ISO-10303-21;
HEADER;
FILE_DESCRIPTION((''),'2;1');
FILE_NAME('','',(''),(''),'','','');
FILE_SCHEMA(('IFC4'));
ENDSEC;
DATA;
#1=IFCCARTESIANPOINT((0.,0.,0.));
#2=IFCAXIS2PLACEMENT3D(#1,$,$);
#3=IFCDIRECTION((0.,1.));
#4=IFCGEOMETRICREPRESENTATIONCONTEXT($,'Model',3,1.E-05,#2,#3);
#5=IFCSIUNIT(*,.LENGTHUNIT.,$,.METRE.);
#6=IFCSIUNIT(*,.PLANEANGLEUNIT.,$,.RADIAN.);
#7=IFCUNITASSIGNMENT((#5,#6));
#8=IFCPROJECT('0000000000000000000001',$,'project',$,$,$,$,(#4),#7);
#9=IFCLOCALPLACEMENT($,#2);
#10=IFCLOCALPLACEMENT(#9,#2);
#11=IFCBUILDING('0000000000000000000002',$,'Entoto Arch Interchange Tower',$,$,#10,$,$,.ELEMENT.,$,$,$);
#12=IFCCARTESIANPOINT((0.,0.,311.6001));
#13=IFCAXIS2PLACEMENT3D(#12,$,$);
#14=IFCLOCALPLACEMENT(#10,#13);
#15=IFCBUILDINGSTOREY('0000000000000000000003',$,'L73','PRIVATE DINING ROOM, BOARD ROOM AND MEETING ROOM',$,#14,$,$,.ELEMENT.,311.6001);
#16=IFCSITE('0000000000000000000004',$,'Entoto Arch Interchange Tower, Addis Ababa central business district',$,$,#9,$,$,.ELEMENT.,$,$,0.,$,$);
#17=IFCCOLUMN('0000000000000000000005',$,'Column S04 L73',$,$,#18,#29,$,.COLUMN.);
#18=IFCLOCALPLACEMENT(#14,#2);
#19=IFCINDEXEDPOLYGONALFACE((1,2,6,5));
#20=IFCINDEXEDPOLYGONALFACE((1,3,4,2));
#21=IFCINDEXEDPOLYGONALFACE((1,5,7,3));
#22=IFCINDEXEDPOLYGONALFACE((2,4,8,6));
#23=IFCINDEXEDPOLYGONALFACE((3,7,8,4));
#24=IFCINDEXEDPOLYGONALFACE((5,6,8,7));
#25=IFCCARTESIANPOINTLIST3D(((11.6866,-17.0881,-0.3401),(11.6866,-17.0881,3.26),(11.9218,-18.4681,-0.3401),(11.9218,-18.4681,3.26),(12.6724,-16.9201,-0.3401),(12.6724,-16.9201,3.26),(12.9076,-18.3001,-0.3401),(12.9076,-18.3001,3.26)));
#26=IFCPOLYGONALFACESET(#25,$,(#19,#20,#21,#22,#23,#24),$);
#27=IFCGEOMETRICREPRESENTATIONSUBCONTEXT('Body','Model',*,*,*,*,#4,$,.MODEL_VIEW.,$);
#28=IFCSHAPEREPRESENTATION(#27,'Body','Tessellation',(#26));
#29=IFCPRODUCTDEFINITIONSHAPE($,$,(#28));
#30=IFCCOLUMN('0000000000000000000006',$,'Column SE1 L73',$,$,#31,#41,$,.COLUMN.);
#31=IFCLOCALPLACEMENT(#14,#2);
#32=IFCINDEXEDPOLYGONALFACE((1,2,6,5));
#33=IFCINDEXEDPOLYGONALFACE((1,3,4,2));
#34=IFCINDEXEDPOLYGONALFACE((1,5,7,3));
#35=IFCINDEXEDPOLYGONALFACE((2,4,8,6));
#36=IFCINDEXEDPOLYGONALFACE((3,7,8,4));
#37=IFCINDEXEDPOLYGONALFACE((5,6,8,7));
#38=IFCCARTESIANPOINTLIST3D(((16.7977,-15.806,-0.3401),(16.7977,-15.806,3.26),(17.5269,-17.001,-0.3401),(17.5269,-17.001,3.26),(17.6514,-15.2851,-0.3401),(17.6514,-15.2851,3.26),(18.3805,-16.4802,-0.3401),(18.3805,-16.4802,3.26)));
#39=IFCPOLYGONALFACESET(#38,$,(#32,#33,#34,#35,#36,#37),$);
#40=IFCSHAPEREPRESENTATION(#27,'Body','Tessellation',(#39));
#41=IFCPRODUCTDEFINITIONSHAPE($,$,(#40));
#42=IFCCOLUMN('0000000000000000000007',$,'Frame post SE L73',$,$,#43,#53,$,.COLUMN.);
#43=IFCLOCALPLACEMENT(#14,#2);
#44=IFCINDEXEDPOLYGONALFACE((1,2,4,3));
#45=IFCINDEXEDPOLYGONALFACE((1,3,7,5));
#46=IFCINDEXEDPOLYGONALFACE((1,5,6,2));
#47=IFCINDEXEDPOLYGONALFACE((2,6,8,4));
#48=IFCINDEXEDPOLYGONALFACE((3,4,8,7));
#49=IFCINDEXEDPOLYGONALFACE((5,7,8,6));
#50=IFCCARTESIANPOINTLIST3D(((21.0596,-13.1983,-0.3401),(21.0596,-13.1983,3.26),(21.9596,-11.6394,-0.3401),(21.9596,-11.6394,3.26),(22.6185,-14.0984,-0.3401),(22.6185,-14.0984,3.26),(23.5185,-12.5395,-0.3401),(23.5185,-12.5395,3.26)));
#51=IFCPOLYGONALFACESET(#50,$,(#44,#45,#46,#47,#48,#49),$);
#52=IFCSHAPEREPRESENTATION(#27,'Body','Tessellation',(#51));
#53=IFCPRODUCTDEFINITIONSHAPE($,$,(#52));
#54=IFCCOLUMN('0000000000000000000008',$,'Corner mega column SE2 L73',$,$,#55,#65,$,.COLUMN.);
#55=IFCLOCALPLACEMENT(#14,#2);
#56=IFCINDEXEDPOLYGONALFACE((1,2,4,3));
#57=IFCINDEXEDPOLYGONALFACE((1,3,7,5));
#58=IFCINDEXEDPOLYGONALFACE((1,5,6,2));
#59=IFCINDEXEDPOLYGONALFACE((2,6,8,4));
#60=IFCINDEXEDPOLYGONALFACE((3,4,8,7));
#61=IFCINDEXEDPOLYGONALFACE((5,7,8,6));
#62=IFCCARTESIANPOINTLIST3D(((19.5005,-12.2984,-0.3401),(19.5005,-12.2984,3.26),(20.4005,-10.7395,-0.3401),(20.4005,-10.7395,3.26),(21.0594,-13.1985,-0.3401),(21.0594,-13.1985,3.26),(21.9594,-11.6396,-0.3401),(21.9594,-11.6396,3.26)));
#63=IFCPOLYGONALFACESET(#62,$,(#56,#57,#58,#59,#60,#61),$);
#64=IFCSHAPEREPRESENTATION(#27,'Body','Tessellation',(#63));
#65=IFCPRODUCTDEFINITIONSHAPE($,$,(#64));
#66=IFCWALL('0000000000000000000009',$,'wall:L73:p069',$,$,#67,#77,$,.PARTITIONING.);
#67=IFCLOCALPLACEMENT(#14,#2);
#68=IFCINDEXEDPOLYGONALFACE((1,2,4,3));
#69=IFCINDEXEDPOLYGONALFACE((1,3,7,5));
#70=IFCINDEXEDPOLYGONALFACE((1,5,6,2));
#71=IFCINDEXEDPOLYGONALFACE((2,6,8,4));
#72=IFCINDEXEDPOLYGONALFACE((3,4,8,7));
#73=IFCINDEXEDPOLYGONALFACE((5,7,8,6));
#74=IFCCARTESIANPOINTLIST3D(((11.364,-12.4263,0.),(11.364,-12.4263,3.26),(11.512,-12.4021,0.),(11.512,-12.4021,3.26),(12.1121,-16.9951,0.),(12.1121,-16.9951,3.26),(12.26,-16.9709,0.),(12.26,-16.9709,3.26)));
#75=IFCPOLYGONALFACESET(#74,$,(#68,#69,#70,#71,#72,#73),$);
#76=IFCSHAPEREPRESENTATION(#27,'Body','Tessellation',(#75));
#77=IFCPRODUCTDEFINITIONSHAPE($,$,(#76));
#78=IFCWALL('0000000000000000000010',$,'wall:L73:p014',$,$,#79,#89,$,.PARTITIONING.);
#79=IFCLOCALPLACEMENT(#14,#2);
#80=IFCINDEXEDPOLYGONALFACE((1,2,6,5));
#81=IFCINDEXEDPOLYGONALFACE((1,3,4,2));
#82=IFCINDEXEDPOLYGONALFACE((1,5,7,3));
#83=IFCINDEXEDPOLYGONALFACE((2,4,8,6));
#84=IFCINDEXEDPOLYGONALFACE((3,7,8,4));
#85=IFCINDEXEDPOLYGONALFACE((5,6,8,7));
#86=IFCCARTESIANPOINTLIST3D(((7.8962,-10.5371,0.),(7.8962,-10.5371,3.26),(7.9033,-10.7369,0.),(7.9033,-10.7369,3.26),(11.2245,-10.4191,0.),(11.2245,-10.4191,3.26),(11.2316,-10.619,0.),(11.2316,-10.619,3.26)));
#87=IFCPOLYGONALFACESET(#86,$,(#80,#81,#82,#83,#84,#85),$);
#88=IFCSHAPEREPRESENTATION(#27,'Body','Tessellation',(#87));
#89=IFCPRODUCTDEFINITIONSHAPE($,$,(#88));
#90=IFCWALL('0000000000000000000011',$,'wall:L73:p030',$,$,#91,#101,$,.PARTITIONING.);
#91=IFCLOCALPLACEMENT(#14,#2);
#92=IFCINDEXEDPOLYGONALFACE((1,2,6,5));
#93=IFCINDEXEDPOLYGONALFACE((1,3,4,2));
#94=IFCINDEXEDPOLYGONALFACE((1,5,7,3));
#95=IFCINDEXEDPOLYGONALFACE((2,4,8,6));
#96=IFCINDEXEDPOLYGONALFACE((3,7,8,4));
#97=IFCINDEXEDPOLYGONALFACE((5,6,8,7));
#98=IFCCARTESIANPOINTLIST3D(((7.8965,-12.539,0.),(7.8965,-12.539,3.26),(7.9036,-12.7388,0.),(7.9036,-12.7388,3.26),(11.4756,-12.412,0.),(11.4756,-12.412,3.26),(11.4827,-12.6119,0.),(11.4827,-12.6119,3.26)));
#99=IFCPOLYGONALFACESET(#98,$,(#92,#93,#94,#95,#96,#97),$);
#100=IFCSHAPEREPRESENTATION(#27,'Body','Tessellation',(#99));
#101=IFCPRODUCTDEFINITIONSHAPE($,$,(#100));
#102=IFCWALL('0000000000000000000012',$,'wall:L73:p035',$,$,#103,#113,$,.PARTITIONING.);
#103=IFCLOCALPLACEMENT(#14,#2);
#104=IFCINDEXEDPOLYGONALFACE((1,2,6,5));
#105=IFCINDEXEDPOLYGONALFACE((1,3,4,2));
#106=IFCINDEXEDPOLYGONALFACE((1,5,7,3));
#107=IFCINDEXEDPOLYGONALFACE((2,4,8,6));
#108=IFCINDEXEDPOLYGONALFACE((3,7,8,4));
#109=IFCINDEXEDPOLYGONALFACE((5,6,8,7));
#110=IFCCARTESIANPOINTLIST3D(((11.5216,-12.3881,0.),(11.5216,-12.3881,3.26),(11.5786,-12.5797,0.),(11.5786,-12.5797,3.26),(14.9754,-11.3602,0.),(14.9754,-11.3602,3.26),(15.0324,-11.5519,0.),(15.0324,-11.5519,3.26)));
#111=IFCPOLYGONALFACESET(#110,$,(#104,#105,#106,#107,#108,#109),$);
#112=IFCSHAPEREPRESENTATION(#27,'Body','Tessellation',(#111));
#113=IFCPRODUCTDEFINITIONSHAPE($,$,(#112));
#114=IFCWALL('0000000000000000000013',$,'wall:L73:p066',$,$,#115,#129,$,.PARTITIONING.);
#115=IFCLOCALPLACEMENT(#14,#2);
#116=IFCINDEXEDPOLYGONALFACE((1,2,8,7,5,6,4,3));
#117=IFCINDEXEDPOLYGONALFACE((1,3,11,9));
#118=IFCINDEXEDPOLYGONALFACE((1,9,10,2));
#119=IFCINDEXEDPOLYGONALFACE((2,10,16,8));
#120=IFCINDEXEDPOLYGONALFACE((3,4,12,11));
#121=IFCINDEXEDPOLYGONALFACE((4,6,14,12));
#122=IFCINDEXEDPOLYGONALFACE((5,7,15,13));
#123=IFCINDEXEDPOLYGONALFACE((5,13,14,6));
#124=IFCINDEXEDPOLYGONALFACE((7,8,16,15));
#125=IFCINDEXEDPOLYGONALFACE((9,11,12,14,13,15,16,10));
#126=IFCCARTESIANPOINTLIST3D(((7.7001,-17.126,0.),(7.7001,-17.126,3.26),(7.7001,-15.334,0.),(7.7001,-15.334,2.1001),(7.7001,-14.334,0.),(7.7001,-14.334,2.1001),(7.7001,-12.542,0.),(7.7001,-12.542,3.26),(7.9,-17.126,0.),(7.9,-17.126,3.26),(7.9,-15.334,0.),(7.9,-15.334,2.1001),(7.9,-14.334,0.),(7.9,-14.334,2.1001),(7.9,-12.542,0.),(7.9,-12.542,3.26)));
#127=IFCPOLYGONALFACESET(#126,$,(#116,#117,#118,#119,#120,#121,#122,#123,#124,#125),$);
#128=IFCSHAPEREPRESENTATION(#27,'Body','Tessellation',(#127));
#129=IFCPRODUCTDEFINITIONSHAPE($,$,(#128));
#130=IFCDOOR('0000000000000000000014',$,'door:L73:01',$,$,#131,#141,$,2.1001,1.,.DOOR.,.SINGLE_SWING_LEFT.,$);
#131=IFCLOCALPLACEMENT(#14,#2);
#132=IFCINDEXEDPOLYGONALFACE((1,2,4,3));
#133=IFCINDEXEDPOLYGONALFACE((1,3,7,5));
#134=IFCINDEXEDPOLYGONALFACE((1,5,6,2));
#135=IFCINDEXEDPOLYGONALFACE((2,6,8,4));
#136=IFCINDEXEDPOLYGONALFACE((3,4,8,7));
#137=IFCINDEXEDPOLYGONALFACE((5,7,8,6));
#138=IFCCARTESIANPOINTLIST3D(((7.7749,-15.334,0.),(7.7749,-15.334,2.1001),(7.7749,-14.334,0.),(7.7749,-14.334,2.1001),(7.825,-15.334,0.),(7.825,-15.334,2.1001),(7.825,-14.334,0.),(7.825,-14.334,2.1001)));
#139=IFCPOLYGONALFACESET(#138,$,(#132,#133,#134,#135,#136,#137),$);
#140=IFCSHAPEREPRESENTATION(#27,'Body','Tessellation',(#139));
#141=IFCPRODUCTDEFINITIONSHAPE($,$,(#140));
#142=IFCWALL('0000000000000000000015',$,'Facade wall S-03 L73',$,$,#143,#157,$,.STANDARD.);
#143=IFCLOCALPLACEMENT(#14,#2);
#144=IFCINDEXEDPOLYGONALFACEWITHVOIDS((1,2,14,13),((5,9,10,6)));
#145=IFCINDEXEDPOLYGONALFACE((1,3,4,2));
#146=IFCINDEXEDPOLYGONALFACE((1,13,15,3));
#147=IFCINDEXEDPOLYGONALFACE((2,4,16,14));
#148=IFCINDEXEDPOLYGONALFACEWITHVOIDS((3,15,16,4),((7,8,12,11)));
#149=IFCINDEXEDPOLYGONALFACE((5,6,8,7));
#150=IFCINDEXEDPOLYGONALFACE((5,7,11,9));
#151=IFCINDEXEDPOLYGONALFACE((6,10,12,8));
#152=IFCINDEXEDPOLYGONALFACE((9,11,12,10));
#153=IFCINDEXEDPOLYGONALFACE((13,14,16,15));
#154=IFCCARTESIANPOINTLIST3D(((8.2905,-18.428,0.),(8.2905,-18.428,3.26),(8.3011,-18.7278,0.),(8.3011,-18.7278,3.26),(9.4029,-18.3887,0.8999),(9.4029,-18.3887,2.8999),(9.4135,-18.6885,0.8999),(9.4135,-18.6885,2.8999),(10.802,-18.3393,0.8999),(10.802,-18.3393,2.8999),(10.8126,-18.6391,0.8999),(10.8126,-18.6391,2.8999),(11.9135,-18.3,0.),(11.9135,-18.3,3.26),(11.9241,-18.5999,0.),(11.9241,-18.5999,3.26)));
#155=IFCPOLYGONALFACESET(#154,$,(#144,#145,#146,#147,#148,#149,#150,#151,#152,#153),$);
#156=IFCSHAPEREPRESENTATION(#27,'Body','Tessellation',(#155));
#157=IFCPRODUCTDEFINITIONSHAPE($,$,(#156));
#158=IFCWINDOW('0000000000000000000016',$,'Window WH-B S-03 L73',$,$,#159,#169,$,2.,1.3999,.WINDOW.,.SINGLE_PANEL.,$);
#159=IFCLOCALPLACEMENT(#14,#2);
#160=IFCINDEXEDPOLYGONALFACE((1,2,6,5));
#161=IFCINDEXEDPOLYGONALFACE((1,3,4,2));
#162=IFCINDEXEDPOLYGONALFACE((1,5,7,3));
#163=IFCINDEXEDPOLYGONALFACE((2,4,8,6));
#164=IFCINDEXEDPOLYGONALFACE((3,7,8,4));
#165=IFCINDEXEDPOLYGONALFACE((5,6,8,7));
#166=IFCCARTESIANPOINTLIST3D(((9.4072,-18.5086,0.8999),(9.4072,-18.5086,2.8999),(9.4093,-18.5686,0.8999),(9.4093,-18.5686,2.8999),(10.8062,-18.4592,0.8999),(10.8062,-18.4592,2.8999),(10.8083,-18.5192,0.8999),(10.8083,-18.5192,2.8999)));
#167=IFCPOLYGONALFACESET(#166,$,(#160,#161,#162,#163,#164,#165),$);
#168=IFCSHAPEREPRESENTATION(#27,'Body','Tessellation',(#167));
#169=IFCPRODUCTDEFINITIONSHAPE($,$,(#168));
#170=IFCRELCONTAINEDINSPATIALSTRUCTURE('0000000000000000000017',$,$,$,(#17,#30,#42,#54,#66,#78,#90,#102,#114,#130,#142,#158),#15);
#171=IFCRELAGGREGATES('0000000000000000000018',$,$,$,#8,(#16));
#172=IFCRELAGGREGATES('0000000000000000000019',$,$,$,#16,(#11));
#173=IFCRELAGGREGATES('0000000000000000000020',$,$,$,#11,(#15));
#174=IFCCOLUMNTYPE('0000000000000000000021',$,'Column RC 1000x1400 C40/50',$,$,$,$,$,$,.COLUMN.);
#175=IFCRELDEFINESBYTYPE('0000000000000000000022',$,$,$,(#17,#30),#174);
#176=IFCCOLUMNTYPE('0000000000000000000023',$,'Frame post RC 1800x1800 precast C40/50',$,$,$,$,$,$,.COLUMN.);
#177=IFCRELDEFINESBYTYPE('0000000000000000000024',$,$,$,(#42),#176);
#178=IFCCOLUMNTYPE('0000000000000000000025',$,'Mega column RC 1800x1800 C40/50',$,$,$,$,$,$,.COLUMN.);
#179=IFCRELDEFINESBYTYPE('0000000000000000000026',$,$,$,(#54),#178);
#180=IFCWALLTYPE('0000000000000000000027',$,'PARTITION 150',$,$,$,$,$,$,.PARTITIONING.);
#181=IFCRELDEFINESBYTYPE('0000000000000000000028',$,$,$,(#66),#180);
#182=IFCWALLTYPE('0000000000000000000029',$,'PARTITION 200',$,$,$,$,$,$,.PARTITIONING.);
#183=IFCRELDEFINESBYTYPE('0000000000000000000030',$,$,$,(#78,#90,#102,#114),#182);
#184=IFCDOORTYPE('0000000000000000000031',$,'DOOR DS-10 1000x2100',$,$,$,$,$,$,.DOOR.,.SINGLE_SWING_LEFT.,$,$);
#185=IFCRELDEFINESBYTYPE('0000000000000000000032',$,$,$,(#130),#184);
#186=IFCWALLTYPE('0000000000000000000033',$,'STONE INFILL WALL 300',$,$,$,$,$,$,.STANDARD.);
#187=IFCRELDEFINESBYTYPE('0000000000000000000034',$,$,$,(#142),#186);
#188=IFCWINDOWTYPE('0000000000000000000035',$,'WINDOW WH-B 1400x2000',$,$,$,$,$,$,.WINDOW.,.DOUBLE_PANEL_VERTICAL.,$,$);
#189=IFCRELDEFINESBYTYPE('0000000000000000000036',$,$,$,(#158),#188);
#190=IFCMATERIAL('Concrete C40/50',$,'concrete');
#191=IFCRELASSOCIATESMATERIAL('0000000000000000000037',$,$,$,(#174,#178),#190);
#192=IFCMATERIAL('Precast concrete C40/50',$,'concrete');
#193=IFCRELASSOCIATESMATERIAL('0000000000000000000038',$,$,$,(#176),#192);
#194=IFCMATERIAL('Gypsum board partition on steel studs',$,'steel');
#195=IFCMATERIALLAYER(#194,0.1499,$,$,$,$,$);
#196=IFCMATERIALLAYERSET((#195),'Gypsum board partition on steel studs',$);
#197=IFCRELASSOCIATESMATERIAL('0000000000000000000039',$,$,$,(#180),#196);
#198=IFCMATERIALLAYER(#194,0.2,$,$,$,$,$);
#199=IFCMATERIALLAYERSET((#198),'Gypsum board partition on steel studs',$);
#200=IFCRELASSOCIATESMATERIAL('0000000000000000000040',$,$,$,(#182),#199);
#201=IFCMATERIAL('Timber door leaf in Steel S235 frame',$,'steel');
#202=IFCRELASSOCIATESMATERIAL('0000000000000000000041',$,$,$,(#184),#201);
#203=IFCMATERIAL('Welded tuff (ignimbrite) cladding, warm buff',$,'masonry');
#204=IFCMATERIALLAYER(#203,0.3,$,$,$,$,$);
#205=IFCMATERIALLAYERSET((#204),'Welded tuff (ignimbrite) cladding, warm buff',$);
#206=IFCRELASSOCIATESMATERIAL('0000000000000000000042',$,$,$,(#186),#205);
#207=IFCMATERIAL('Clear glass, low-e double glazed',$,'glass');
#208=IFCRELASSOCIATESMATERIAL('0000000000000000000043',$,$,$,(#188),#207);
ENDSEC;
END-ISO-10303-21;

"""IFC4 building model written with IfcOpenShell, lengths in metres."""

from ifc_helpers import new_model, si_unit, direction, frame, frame_2d, origin, origin_2d, place, context, subcontext, project, spatial, rectangle, extrude, material, layer, layer_set, material_profile, profile_set, type_object, element, fill, save


model = new_model("IFC4")

# Units and contexts
model_context = context("Model", 3, precision=1e-05, world=origin(), true_north=direction((0.0, 1.0)))
body_context = subcontext(model_context, "Body", "Model", "MODEL_VIEW")
ifc_project = project(units=[si_unit("LENGTHUNIT", "METRE"), si_unit("PLANEANGLEUNIT", "RADIAN")], contexts=[model_context])

# Site, building, storey
site_placement = place(None, origin())
site = spatial("IfcSite", under=ifc_project, at=site_placement, Name="Entoto Arch Interchange Tower, Addis Ababa central business district", CompositionType="ELEMENT", RefElevation=0.0)
building_placement = place(site_placement, origin())
building = spatial("IfcBuilding", under=site, at=building_placement, Name="Entoto Arch Interchange Tower", CompositionType="ELEMENT")
storey_placement = place(building_placement, frame((0.0, 0.0, 311.6001)))
storey = spatial("IfcBuildingStorey", under=building, at=storey_placement, Name="L73", Description="PRIVATE DINING ROOM, BOARD ROOM AND MEETING ROOM", CompositionType="ELEMENT", Elevation=311.6001)

# Columns
ifc_material_1 = material(Name="Concrete C40/50", Category="concrete")
ifc_material_profile_1 = material_profile(ifc_material_1, rectangle(XDim=1.0, YDim=1.3999, at=origin_2d()))
ifc_profile_set_1 = profile_set([ifc_material_profile_1], Name="Concrete C40/50")
column_type_1 = type_object("IfcColumnType", Name="Column RC 1000x1400 C40/50", PredefinedType="COLUMN", material=ifc_profile_set_1)
for number, where, z_axis, x_axis, name in (
    (1, (12.2971, -17.6941, -0.3401), (0.0, 0.0, 1.0), (0.985786, 0.168008, 0.0), "Column S04 L73"),
    (2, (17.5891, -16.1431, -0.3401), (0.0, 0.0, 1.0), (0.853651, 0.520846, 0.0), "Column SE1 L73"),
):
    element("IfcColumn", number, at=place(storey_placement, frame(where, z_axis=z_axis, x_axis=x_axis)), inside=storey, type_object=column_type_1, Name=name, PredefinedType="COLUMN", context=body_context, shape_type="SweptSolid", body=[
        extrude(rectangle(XDim=1.0, YDim=1.3999, at=origin_2d()), origin(), (0.0, 0.0, 1.0), 3.6001),
    ])
ifc_material_2 = material(Name="Precast concrete C40/50", Category="concrete")
ifc_material_profile_2 = material_profile(ifc_material_2, rectangle(XDim=1.8, YDim=1.8, at=origin_2d()))
ifc_profile_set_2 = profile_set([ifc_material_profile_2], Name="Precast concrete C40/50")
column_type_2 = type_object("IfcColumnType", Name="Frame post RC 1800x1800 precast C40/50", PredefinedType="COLUMN", material=ifc_profile_set_2)
column_1_placement = place(storey_placement, frame((22.2891, -12.8689, -0.3401), z_axis=(0.0, 0.0, 1.0), x_axis=(-0.866025, 0.5, 0.0)))
element("IfcColumn", 3, at=column_1_placement, inside=storey, type_object=column_type_2, Name="Frame post SE L73", PredefinedType="COLUMN", context=body_context, shape_type="SweptSolid", body=[
    extrude(rectangle(XDim=1.8, YDim=1.8, at=origin_2d()), origin(), (0.0, 0.0, 1.0), 3.6001),
])
ifc_material_profile_3 = material_profile(ifc_material_1, rectangle(XDim=1.8, YDim=1.8, at=origin_2d()))
ifc_profile_set_3 = profile_set([ifc_material_profile_3], Name="Concrete C40/50")
column_type_3 = type_object("IfcColumnType", Name="Mega column RC 1800x1800 C40/50", PredefinedType="COLUMN", material=ifc_profile_set_3)
column_2_placement = place(storey_placement, frame((20.73, -11.969, -0.3401), z_axis=(0.0, 0.0, 1.0), x_axis=(-0.866025, 0.5, 0.0)))
element("IfcColumn", 4, at=column_2_placement, inside=storey, type_object=column_type_3, Name="Corner mega column SE2 L73", PredefinedType="COLUMN", context=body_context, shape_type="SweptSolid", body=[
    extrude(rectangle(XDim=1.8, YDim=1.8, at=origin_2d()), origin(), (0.0, 0.0, 1.0), 3.6001),
])

# Walls
ifc_material_3 = material(Name="Gypsum board partition on steel studs", Category="steel")
ifc_layer_1 = layer(ifc_material_3, 0.1499)
ifc_layer_set_1 = layer_set([ifc_layer_1], Name="Gypsum board partition on steel studs")
wall_type_1 = type_object("IfcWallType", Name="PARTITION 150", PredefinedType="PARTITIONING", material=ifc_layer_set_1)
wall_1_placement = place(storey_placement, frame((11.438, -12.4141, 0.0), z_axis=(0.0, 0.0, 1.0), x_axis=(0.161576, -0.98686, 0.0)))
element("IfcWall", 5, at=wall_1_placement, inside=storey, type_object=wall_type_1, Name="wall:L73:p069", PredefinedType="PARTITIONING", context=body_context, shape_type="SweptSolid", body=[
    extrude(rectangle(XDim=4.6296, YDim=0.1499, at=frame_2d((2.3149, 0.0))), origin(), (0.0, 0.0, 1.0), 3.26),
])
ifc_layer_2 = layer(ifc_material_3, 0.2)
ifc_layer_set_2 = layer_set([ifc_layer_2], Name="Gypsum board partition on steel studs")
wall_type_2 = type_object("IfcWallType", Name="PARTITION 200", PredefinedType="PARTITIONING", material=ifc_layer_set_2)
wall_2_placement = place(storey_placement, frame((7.8999, -10.637, 0.0), z_axis=(0.0, 0.0, 1.0), x_axis=(0.999373, 0.035409, 0.0)))
element("IfcWall", 6, at=wall_2_placement, inside=storey, type_object=wall_type_2, Name="wall:L73:p014", PredefinedType="PARTITIONING", context=body_context, shape_type="SweptSolid", body=[
    extrude(rectangle(XDim=3.3303, YDim=0.2, at=frame_2d((1.665, 0.0))), origin(), (0.0, 0.0, 1.0), 3.26),
])
wall_3_placement = place(storey_placement, frame((11.479, -12.512, 0.0), z_axis=(0.0, 0.0, 1.0), x_axis=(-0.999372, -0.035448, 0.0)))
element("IfcWall", 7, at=wall_3_placement, inside=storey, type_object=wall_type_2, Name="wall:L73:p030", PredefinedType="PARTITIONING", context=body_context, shape_type="SweptSolid", body=[
    extrude(rectangle(XDim=3.5813, YDim=0.2, at=frame_2d((1.7905, 0.0))), origin(), (0.0, 0.0, 1.0), 3.26),
])
wall_4_placement = place(storey_placement, frame((15.0039, -11.4561, 0.0), z_axis=(0.0, 0.0, 1.0), x_axis=(-0.95846, -0.285228, 0.0)))
element("IfcWall", 8, at=wall_4_placement, inside=storey, type_object=wall_type_2, Name="wall:L73:p035", PredefinedType="PARTITIONING", context=body_context, shape_type="SweptSolid", body=[
    extrude(rectangle(XDim=3.6035, YDim=0.2, at=frame_2d((1.8018, 0.0))), origin(), (0.0, 0.0, 1.0), 3.26),
])

# Wall, opening, door
wall_5_placement = place(storey_placement, frame((7.8, -12.542, 0.0), z_axis=(0.0, 0.0, 1.0), x_axis=(0.0, -1.0, 0.0)))
wall_5 = element("IfcWall", 9, at=wall_5_placement, inside=storey, type_object=wall_type_2, Name="wall:L73:p066", PredefinedType="PARTITIONING", context=body_context, shape_type="SweptSolid", body=[
    extrude(rectangle(XDim=4.584, YDim=0.2, at=frame_2d((2.292, 0.0))), origin(), (0.0, 0.0, 1.0), 3.26),
])
opening_1_placement = place(wall_5_placement, frame((1.792, 0.0, 0.0)))
opening_1 = element("IfcOpeningElement", 10, at=opening_1_placement, cuts=wall_5, PredefinedType="OPENING", context=body_context, shape_type="SweptSolid", body=[
    extrude(rectangle(XDim=1.0, YDim=2.1001, at=frame_2d((0.5, 1.05))), frame((0.0, 0.1099, 0.0), z_axis=(0.0, -1.0, 0.0), x_axis=(1.0, 0.0, 0.0)), (0.0, 0.0, 1.0), 0.22),
])
ifc_material_4 = material(Name="Timber door leaf in Steel S235 frame", Category="steel")
door_type = type_object("IfcDoorType", Name="DOOR DS-10 1000x2100", OperationType="SINGLE_SWING_LEFT", PredefinedType="DOOR", material=ifc_material_4)
door_placement = place(opening_1_placement, origin())
door = element("IfcDoor", 11, at=door_placement, inside=storey, type_object=door_type, Name="door:L73:01", OperationType="SINGLE_SWING_LEFT", OverallHeight=2.1001, OverallWidth=1.0, PredefinedType="DOOR", context=body_context, shape_type="SweptSolid", body=[
    extrude(rectangle(XDim=1.0, YDim=2.1001, at=frame_2d((0.5, 1.05))), frame((0.0, 0.0249, 0.0), z_axis=(0.0, -1.0, 0.0), x_axis=(1.0, 0.0, 0.0)), (0.0, 0.0, 1.0), 0.05),
])
fill(opening_1, door)

# Wall, opening, window
ifc_material_5 = material(Name="Welded tuff (ignimbrite) cladding, warm buff", Category="masonry")
ifc_layer_3 = layer(ifc_material_5, 0.3)
ifc_layer_set_3 = layer_set([ifc_layer_3], Name="Welded tuff (ignimbrite) cladding, warm buff")
wall_type_3 = type_object("IfcWallType", Name="STONE INFILL WALL 300", PredefinedType="STANDARD", material=ifc_layer_set_3)
wall_6_placement = place(storey_placement, frame((8.2959, -18.5779, 0.0), z_axis=(0.0, 0.0, 1.0), x_axis=(0.999377, 0.035288, 0.0)))
wall_6 = element("IfcWall", 12, at=wall_6_placement, inside=storey, type_object=wall_type_3, Name="Facade wall S-03 L73", PredefinedType="STANDARD", context=body_context, shape_type="SweptSolid", body=[
    extrude(rectangle(XDim=3.6252, YDim=0.3, at=frame_2d((1.8125, 0.0))), origin(), (0.0, 0.0, 1.0), 3.26),
])
opening_2_placement = place(wall_6_placement, frame((1.113, 0.0, 0.8999)))
opening_2 = element("IfcOpeningElement", 13, at=opening_2_placement, cuts=wall_6, PredefinedType="OPENING", context=body_context, shape_type="SweptSolid", body=[
    extrude(rectangle(XDim=1.3999, YDim=2.0, at=frame_2d((0.7, 1.0))), frame((0.0, 0.1602, 0.0), z_axis=(0.0, -1.0, 0.0), x_axis=(1.0, 0.0, 0.0)), (0.0, 0.0, 1.0), 0.3201),
])
ifc_material_6 = material(Name="Clear glass, low-e double glazed", Category="glass")
window_type = type_object("IfcWindowType", Name="WINDOW WH-B 1400x2000", PartitioningType="DOUBLE_PANEL_VERTICAL", PredefinedType="WINDOW", material=ifc_material_6)
window_1_placement = place(opening_2_placement, origin())
window_1 = element("IfcWindow", 14, at=window_1_placement, inside=storey, type_object=window_type, Name="Window WH-B S-03 L73", OverallHeight=2.0, OverallWidth=1.3999, PartitioningType="SINGLE_PANEL", PredefinedType="WINDOW", context=body_context, shape_type="SweptSolid", body=[
    extrude(rectangle(XDim=1.3999, YDim=2.0, at=frame_2d((0.7, 1.0))), frame((0.0, 0.03, 0.0), z_axis=(0.0, -1.0, 0.0), x_axis=(1.0, 0.0, 0.0)), (0.0, 0.0, 1.0), 0.0601),
])
fill(opening_2, window_1)

save(model, "model.ifc")
